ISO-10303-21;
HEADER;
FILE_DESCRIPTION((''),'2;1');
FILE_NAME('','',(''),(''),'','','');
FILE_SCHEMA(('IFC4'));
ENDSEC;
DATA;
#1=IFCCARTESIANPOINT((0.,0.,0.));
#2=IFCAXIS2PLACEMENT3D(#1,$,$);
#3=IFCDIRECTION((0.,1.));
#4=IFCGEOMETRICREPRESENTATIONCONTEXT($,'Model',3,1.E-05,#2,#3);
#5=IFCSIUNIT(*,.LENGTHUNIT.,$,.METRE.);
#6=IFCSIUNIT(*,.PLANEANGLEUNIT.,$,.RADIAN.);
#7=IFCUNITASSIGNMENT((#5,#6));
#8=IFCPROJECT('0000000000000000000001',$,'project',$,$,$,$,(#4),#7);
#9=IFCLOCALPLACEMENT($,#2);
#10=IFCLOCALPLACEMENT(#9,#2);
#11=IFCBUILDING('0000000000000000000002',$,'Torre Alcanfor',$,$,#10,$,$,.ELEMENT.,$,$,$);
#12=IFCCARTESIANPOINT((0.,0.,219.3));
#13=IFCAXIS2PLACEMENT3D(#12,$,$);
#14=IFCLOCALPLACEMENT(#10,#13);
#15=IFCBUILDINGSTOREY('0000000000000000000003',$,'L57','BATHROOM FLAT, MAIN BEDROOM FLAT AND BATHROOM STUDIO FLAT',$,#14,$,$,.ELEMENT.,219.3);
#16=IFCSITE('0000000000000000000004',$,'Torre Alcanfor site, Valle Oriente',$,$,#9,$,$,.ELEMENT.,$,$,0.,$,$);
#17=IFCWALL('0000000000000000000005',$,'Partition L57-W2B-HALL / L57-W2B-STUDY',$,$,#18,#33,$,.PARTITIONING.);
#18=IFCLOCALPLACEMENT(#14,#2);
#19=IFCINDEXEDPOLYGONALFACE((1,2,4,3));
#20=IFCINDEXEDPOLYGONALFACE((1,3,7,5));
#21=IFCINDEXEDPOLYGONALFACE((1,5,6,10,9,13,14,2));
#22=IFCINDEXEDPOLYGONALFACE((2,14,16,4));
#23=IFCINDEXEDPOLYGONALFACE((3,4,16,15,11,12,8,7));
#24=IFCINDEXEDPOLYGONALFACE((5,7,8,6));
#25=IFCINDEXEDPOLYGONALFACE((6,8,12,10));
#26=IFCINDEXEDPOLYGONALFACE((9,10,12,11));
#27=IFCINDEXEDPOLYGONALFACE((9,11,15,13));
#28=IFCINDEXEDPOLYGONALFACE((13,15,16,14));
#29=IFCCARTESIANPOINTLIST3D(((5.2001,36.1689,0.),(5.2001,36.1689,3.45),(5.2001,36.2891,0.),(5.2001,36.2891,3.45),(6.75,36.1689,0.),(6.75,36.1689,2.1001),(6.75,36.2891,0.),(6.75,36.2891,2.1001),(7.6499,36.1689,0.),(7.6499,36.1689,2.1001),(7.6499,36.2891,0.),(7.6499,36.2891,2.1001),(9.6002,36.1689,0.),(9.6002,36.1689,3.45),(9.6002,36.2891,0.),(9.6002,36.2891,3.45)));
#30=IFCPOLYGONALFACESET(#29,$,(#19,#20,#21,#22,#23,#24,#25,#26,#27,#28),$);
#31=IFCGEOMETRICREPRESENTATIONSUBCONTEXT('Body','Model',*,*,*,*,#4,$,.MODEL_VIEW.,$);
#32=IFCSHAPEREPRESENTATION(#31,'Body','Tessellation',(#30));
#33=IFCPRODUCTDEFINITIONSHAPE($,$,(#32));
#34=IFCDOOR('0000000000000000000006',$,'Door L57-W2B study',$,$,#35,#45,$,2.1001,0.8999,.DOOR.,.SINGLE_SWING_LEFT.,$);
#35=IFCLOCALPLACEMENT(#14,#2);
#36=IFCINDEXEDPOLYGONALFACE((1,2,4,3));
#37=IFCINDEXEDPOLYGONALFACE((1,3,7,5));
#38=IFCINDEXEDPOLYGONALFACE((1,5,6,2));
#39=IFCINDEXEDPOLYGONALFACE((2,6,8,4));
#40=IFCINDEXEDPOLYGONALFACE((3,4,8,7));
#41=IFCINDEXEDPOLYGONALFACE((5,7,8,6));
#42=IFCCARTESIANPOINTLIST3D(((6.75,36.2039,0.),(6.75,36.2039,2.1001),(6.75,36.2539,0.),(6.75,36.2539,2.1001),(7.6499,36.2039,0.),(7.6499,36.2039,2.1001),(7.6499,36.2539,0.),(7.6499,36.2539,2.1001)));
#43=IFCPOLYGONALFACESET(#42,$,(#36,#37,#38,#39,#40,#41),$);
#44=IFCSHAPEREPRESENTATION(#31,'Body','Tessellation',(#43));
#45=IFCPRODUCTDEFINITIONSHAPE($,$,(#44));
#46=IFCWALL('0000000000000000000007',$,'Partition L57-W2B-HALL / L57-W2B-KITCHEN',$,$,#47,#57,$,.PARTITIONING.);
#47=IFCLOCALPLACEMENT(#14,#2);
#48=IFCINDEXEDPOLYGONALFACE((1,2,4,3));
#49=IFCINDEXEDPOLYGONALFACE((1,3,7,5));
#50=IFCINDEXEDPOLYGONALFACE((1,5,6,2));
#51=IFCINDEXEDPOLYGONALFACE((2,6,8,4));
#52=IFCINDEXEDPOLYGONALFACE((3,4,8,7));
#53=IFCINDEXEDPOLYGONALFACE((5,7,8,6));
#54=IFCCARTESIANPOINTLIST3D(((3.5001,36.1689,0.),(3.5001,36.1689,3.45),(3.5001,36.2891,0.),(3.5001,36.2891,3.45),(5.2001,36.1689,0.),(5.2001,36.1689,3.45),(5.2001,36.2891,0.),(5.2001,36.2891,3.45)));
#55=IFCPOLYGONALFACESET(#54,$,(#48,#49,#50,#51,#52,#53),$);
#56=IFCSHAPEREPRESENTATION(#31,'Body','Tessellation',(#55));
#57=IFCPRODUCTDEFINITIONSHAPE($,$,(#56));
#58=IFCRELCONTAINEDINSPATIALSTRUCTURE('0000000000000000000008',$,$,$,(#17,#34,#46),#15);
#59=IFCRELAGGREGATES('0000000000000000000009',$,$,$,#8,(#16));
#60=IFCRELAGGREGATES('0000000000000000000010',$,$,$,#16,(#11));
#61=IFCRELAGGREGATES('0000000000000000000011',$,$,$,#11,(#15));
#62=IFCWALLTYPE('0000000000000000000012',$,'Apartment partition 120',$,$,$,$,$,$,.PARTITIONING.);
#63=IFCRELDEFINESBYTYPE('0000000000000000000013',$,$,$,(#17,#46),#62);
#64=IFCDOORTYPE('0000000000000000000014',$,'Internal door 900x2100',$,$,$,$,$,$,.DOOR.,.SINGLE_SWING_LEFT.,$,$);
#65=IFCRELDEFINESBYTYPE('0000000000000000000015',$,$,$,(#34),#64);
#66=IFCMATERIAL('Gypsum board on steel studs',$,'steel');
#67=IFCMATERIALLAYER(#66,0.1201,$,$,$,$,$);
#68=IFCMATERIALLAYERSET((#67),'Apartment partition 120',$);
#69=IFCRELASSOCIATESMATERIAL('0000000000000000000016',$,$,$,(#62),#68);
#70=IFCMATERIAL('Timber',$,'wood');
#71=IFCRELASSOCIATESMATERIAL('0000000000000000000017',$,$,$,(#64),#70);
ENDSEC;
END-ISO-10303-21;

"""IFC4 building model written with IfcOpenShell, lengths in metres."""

from ifc_helpers import new_model, si_unit, direction, frame, frame_2d, origin, place, context, subcontext, project, spatial, rectangle, extrude, material, layer, layer_set, type_object, element, fill, save


model = new_model("IFC4")

# Units and contexts
model_context = context("Model", 3, precision=1e-05, world=origin(), true_north=direction((0.0, 1.0)))
body_context = subcontext(model_context, "Body", "Model", "MODEL_VIEW")
ifc_project = project(units=[si_unit("LENGTHUNIT", "METRE"), si_unit("PLANEANGLEUNIT", "RADIAN")], contexts=[model_context])

# Site, building, storey
site_placement = place(None, origin())
site = spatial("IfcSite", under=ifc_project, at=site_placement, Name="Torre Alcanfor site, Valle Oriente", CompositionType="ELEMENT", RefElevation=0.0)
building_placement = place(site_placement, origin())
building = spatial("IfcBuilding", under=site, at=building_placement, Name="Torre Alcanfor", CompositionType="ELEMENT")
storey_placement = place(building_placement, frame((0.0, 0.0, 219.3)))
storey = spatial("IfcBuildingStorey", under=building, at=storey_placement, Name="L57", Description="BATHROOM FLAT, MAIN BEDROOM FLAT AND BATHROOM STUDIO FLAT", CompositionType="ELEMENT", Elevation=219.3)

# Wall, opening, door
ifc_material_1 = material(Name="Gypsum board on steel studs", Category="steel")
ifc_layer_1 = layer(ifc_material_1, 0.1201)
ifc_layer_set_1 = layer_set([ifc_layer_1], Name="Apartment partition 120")
wall_type_1 = type_object("IfcWallType", Name="Apartment partition 120", PredefinedType="PARTITIONING", material=ifc_layer_set_1)
wall_1_placement = place(storey_placement, frame((5.2, 36.229, 0.0), z_axis=(0.0, 0.0, 1.0), x_axis=(1.0, 0.0, 0.0)))
wall_1 = element("IfcWall", 1, at=wall_1_placement, inside=storey, type_object=wall_type_1, Name="Partition L57-W2B-HALL / L57-W2B-STUDY", PredefinedType="PARTITIONING", context=body_context, shape_type="SweptSolid", body=[
    extrude(rectangle(XDim=4.4001, YDim=0.1201, at=frame_2d((2.2002, 0.0))), origin(), (0.0, 0.0, 1.0), 3.45),
])
opening_placement = place(wall_1_placement, frame((1.55, 0.0, 0.0)))
opening = element("IfcOpeningElement", 2, at=opening_placement, cuts=wall_1, PredefinedType="OPENING", context=body_context, shape_type="SweptSolid", body=[
    extrude(rectangle(XDim=0.8999, YDim=2.1001, at=frame_2d((0.45, 1.05))), frame((0.0, 0.0701, 0.0), z_axis=(0.0, -1.0, 0.0), x_axis=(1.0, 0.0, 0.0)), (0.0, 0.0, 1.0), 0.1401),
])
ifc_material_2 = material(Name="Timber", Category="wood")
door_type = type_object("IfcDoorType", Name="Internal door 900x2100", OperationType="SINGLE_SWING_LEFT", PredefinedType="DOOR", material=ifc_material_2)
door_placement = place(opening_placement, origin())
door = element("IfcDoor", 3, at=door_placement, inside=storey, type_object=door_type, Name="Door L57-W2B study", OperationType="SINGLE_SWING_LEFT", OverallHeight=2.1001, OverallWidth=0.8999, PredefinedType="DOOR", context=body_context, shape_type="SweptSolid", body=[
    extrude(rectangle(XDim=0.8999, YDim=2.1001, at=frame_2d((0.45, 1.05))), frame((0.0, 0.0249, 0.0), z_axis=(0.0, -1.0, 0.0), x_axis=(1.0, 0.0, 0.0)), (0.0, 0.0, 1.0), 0.05),
])
fill(opening, door)

# Wall
wall_2_placement = place(storey_placement, frame((3.5, 36.229, 0.0), z_axis=(0.0, 0.0, 1.0), x_axis=(1.0, 0.0, 0.0)))
element("IfcWall", 4, at=wall_2_placement, inside=storey, type_object=wall_type_1, Name="Partition L57-W2B-HALL / L57-W2B-KITCHEN", PredefinedType="PARTITIONING", context=body_context, shape_type="SweptSolid", body=[
    extrude(rectangle(XDim=1.7, YDim=0.1201, at=frame_2d((0.8501, 0.0))), origin(), (0.0, 0.0, 1.0), 3.45),
])

save(model, "model.ifc")
